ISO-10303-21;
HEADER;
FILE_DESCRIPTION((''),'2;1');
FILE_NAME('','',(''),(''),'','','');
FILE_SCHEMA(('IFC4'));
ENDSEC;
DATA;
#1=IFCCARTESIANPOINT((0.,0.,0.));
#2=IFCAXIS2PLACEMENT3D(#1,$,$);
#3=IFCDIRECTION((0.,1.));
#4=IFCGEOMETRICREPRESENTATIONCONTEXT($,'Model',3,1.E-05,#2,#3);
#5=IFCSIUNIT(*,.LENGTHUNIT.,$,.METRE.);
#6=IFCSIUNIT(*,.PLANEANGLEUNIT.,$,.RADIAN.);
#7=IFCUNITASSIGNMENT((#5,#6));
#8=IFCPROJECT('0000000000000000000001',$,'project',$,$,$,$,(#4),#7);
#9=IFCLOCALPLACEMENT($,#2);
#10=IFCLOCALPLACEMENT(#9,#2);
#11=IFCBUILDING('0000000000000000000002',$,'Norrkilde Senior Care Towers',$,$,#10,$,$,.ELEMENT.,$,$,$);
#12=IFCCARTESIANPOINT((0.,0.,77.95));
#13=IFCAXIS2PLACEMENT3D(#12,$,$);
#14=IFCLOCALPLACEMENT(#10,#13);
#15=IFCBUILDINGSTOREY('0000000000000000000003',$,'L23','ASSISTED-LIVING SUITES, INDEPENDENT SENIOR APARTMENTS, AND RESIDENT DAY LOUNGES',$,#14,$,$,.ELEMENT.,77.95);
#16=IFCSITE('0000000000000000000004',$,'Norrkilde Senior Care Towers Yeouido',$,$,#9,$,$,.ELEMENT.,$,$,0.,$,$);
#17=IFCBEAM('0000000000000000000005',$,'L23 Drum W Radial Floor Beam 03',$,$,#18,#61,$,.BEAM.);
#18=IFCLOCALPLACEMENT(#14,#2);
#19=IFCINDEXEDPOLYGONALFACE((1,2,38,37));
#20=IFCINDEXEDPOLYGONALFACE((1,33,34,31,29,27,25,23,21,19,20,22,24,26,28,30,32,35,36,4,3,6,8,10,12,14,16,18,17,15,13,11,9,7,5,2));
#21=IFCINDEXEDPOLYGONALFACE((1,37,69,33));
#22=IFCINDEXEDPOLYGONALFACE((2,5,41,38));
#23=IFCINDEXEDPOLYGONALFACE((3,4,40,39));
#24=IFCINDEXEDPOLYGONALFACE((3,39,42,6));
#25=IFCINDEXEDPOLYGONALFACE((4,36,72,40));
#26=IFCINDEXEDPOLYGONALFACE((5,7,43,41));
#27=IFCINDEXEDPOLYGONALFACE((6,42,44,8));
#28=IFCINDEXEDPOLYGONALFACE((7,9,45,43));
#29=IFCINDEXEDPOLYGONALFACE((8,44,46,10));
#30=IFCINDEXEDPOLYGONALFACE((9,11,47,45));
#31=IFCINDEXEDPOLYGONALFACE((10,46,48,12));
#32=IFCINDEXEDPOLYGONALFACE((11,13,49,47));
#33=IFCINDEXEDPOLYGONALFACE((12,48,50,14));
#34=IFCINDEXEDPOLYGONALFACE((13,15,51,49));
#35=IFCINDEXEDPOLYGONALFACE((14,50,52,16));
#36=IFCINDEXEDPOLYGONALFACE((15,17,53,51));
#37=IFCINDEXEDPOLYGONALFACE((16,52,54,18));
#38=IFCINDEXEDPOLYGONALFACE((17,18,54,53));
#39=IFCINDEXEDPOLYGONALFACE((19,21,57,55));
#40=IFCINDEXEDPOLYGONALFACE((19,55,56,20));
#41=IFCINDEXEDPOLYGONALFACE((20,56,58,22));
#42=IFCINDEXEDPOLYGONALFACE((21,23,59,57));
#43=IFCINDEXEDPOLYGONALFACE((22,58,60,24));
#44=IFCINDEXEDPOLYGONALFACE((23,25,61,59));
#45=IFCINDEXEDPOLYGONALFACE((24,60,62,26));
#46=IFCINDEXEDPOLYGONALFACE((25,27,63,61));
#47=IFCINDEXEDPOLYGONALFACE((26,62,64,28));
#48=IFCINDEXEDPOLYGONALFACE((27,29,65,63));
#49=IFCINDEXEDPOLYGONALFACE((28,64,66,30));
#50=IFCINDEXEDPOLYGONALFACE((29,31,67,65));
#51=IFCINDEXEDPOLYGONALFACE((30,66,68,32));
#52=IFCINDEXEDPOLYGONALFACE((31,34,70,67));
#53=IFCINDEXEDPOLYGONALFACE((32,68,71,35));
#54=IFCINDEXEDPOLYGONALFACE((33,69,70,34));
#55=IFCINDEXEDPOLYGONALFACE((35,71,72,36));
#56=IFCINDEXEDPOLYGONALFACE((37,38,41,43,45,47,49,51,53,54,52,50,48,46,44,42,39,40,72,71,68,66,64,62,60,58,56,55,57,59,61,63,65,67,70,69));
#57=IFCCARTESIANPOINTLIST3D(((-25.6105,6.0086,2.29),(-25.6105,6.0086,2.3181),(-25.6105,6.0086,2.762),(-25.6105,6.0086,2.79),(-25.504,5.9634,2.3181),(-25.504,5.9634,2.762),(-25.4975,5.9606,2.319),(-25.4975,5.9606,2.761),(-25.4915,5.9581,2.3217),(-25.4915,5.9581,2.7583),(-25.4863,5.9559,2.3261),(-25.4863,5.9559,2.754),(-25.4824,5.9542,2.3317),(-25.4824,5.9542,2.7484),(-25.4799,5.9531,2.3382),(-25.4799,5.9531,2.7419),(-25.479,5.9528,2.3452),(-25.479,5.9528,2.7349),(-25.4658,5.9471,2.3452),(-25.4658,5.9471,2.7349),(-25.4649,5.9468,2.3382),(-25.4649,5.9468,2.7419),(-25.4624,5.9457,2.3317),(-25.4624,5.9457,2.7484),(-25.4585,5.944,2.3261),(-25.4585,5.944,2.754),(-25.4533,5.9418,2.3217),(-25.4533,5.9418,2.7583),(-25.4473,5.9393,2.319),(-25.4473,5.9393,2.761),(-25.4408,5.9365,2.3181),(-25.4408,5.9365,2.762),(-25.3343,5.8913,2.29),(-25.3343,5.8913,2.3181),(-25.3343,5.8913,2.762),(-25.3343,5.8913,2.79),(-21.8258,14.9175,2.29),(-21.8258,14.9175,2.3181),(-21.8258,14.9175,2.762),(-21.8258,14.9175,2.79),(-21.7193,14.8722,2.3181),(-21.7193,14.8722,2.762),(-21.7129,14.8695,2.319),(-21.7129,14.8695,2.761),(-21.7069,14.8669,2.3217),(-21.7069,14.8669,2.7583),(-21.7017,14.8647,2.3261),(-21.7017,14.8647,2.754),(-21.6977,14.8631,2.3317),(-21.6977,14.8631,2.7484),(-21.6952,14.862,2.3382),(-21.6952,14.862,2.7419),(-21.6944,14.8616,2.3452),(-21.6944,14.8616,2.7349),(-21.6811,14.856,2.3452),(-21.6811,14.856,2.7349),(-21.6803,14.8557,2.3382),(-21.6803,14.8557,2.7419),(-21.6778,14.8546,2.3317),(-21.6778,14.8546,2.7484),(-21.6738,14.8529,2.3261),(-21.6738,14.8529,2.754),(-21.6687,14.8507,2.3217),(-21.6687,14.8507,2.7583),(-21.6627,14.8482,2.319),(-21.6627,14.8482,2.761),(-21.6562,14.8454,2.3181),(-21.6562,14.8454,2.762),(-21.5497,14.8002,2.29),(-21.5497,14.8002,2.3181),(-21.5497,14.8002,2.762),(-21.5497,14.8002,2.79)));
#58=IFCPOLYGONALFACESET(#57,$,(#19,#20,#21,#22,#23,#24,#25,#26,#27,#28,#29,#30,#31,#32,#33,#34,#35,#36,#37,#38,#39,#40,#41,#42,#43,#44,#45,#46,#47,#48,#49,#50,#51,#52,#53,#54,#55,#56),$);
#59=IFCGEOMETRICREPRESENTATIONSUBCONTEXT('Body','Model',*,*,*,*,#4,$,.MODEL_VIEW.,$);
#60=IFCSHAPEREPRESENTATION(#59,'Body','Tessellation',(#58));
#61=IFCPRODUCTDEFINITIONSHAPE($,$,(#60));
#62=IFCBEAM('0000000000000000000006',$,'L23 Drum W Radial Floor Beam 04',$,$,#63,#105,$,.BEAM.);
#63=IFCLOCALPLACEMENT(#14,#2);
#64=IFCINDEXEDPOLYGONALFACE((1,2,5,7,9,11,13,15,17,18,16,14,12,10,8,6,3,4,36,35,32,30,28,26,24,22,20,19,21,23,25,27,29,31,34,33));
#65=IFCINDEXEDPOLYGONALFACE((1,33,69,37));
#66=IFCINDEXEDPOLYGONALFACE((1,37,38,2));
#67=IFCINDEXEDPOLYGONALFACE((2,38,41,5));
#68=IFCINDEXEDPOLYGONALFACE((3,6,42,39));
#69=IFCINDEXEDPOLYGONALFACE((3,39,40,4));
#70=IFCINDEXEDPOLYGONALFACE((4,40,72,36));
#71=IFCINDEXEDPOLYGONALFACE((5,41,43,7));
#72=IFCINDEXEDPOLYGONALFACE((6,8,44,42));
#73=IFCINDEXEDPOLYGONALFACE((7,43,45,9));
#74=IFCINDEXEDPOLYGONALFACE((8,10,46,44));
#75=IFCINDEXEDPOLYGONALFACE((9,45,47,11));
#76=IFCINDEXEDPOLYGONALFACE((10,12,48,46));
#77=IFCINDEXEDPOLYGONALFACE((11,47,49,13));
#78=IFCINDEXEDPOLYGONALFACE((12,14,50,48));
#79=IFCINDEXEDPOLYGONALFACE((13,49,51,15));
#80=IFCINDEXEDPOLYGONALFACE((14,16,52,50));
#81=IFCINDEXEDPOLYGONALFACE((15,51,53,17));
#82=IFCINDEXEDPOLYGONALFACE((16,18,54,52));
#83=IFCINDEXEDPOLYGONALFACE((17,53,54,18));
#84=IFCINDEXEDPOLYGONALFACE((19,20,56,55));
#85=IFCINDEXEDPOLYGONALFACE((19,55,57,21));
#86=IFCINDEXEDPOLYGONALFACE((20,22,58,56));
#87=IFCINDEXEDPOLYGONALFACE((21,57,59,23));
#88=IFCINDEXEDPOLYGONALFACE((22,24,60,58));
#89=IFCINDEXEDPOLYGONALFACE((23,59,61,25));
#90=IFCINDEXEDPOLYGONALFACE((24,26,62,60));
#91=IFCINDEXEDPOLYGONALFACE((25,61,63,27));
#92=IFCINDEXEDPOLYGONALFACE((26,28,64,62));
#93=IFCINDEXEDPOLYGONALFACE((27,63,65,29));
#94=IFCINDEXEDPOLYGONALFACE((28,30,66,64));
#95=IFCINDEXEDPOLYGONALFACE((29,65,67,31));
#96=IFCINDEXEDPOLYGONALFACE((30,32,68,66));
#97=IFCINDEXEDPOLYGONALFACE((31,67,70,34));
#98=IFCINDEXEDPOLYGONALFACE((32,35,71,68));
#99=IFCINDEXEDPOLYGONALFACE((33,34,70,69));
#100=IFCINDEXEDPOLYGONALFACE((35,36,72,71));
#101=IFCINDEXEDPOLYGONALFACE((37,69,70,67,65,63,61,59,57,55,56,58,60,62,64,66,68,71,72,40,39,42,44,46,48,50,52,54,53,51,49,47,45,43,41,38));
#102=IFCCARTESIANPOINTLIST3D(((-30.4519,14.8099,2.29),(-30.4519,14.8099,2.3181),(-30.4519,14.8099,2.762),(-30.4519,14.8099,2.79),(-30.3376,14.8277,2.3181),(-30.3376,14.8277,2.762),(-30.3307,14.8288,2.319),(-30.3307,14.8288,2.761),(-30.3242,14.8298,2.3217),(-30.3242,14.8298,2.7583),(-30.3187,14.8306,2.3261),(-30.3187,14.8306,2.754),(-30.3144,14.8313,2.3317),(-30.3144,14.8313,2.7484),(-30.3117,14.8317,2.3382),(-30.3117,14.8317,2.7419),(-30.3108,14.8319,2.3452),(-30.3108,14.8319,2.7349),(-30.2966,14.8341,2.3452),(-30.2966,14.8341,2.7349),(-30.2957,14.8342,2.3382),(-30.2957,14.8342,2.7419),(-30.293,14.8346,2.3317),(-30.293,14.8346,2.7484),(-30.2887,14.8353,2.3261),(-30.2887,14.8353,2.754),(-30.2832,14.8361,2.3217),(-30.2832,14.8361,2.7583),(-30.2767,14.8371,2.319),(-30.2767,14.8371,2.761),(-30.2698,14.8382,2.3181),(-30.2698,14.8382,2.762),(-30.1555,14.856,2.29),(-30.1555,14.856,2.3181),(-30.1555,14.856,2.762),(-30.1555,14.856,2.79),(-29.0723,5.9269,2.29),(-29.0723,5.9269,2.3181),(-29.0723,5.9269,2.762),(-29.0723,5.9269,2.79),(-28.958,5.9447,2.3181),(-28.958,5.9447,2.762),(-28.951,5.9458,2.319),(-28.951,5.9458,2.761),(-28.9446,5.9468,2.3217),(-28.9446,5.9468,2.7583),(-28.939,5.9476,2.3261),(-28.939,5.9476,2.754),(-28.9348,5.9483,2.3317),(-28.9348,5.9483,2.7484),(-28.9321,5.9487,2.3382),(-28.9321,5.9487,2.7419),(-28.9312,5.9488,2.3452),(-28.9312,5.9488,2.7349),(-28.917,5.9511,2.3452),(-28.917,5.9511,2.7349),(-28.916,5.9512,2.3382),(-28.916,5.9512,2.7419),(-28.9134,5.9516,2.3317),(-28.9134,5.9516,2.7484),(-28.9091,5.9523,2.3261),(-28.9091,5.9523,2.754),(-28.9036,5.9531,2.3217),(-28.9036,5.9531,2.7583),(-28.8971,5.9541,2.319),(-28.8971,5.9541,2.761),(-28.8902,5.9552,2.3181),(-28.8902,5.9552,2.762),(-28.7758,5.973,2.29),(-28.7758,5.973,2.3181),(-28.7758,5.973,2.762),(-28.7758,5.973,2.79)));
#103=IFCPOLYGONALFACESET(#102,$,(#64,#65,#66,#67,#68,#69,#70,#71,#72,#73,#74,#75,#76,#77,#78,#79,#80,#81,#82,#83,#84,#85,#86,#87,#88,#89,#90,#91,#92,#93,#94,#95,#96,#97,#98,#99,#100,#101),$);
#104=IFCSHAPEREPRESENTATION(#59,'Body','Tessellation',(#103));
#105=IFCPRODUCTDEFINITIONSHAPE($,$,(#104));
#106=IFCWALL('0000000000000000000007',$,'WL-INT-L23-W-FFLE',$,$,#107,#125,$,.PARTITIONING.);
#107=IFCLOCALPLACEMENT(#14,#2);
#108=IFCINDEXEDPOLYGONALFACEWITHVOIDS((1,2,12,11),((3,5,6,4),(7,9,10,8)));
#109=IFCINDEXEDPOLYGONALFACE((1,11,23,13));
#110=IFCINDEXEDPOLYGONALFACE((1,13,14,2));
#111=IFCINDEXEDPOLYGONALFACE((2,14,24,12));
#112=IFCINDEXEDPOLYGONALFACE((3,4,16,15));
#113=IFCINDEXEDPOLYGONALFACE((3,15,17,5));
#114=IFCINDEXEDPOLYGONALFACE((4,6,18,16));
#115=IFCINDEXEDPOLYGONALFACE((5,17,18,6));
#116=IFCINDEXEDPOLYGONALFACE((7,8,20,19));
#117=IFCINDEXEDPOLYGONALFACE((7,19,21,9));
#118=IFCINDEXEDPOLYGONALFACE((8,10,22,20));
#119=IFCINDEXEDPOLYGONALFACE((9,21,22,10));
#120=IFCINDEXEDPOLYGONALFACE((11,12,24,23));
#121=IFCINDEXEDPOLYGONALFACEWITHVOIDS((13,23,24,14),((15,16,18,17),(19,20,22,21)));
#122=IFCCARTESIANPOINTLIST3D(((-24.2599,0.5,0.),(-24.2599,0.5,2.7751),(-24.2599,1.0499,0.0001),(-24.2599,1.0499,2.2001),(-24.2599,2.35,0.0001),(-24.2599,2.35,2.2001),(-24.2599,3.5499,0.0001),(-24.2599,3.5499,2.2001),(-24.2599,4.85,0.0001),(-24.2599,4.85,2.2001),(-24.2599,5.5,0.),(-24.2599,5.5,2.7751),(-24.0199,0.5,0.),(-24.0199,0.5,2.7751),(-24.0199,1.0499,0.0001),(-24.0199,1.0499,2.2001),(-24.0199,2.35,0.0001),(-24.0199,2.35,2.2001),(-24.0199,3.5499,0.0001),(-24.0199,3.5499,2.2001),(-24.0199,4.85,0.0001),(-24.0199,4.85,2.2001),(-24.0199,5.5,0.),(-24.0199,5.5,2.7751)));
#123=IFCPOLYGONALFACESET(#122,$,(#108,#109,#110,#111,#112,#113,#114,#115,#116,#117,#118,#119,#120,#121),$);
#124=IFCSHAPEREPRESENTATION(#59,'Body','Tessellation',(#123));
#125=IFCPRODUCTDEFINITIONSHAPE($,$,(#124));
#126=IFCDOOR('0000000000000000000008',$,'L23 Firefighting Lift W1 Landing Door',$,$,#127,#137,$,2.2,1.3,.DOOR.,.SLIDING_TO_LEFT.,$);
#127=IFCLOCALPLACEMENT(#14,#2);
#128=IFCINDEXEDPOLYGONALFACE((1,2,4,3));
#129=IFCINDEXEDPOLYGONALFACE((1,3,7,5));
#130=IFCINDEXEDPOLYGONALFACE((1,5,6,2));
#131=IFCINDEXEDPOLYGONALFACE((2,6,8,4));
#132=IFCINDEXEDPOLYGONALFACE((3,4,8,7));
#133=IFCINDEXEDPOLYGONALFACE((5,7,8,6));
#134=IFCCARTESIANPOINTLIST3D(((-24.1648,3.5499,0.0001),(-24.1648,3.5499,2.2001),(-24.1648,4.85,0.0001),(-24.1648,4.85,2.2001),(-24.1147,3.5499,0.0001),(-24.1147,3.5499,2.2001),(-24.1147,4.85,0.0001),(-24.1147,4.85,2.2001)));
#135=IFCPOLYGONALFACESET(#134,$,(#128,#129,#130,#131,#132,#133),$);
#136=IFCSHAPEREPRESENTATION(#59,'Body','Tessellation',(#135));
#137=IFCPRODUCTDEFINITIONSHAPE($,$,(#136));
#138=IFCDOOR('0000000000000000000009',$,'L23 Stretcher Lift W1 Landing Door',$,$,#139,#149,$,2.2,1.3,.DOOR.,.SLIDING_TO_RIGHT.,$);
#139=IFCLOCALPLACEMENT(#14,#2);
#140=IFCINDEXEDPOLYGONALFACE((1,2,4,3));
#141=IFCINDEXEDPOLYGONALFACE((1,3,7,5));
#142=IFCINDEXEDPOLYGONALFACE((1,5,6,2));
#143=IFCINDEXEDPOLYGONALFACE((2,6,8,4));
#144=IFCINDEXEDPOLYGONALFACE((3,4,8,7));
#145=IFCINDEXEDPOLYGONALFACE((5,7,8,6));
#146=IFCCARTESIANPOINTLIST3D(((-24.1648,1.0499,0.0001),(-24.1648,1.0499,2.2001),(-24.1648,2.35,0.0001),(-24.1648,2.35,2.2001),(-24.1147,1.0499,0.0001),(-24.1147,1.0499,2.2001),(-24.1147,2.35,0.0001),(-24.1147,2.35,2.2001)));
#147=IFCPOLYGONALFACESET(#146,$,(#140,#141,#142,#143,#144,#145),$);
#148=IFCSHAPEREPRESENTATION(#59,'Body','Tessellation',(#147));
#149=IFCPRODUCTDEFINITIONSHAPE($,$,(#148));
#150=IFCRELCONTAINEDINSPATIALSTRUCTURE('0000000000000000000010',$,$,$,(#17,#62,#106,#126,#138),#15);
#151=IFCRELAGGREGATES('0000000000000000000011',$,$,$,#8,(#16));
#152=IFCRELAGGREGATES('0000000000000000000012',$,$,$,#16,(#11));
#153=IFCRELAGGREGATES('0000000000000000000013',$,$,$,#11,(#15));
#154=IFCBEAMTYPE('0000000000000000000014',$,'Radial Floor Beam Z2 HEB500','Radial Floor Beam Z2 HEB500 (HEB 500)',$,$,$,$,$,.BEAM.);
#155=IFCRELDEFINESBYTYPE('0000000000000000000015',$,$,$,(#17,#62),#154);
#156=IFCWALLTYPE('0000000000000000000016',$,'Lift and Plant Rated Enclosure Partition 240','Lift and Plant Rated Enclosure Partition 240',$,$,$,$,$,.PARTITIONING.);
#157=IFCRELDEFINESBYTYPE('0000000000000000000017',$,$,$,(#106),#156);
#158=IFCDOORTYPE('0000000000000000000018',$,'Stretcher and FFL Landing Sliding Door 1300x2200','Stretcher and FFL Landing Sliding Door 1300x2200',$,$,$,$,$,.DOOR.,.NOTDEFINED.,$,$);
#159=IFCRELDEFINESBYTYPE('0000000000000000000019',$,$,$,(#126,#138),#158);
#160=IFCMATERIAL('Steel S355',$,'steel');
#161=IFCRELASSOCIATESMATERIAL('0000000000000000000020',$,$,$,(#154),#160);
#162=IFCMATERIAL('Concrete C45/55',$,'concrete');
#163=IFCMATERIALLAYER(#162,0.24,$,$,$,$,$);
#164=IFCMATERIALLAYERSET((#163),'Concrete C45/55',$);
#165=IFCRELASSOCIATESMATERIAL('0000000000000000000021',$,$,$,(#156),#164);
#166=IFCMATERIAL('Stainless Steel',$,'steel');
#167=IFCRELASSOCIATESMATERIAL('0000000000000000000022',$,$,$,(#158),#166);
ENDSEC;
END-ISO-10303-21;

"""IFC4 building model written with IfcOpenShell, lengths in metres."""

from ifc_helpers import new_model, si_unit, direction, frame, frame_2d, origin, origin_2d, place, context, subcontext, project, spatial, rectangle, i_section, extrude, source, transform, mapped, material, layer, layer_set, material_profile, profile_set, type_object, type_shapes, element, fill, save


model = new_model("IFC4")

# Units and contexts
model_context = context("Model", 3, precision=1e-05, world=origin(), true_north=direction((0.0, 1.0)))
body_context = subcontext(model_context, "Body", "Model", "MODEL_VIEW")
ifc_project = project(units=[si_unit("LENGTHUNIT", "METRE"), si_unit("PLANEANGLEUNIT", "RADIAN")], contexts=[model_context])

# Site, building, storey
site_placement = place(None, origin())
site = spatial("IfcSite", under=ifc_project, at=site_placement, Name="Norrkilde Senior Care Towers Yeouido", CompositionType="ELEMENT", RefElevation=0.0)
building_placement = place(site_placement, origin())
building = spatial("IfcBuilding", under=site, at=building_placement, Name="Norrkilde Senior Care Towers", CompositionType="ELEMENT")
storey_placement = place(building_placement, frame((0.0, 0.0, 77.95)))
storey = spatial("IfcBuildingStorey", under=building, at=storey_placement, Name="L23", Description="ASSISTED-LIVING SUITES, INDEPENDENT SENIOR APARTMENTS, AND RESIDENT DAY LOUNGES", CompositionType="ELEMENT", Elevation=77.95)

# Beams
ifc_material_1 = material(Name="Steel S355", Category="steel")
ifc_material_profile = material_profile(ifc_material_1, i_section(OverallWidth=0.3, OverallDepth=0.5, WebThickness=0.0144, FlangeThickness=0.0281, FilletRadius=0.0271, at=origin_2d()), Name="HEB 500")
ifc_profile_set = profile_set([ifc_material_profile], Name="Steel S355")
beam_type = type_object("IfcBeamType", Name="Radial Floor Beam Z2 HEB500", Description="Radial Floor Beam Z2 HEB500 (HEB 500)", PredefinedType="BEAM", material=ifc_profile_set)
shared_shape_1 = source(origin(), body_context, "Body", "SweptSolid", [
    extrude(i_section(OverallWidth=0.3, OverallDepth=0.5, WebThickness=0.0144, FlangeThickness=0.0281, FilletRadius=0.0271, at=origin_2d()), origin(), (0.0, 0.0, 1.0), 9.6794),
])
beam_1_placement = place(storey_placement, frame((-25.4724, 5.95, 2.54), z_axis=(0.390998, 0.920392, 0.0), x_axis=(-0.920392, 0.390998, 0.0)))
element("IfcBeam", 1, at=beam_1_placement, inside=storey, type_object=beam_type, Name="L23 Drum W Radial Floor Beam 03", PredefinedType="BEAM", context=body_context, shape_type="MappedRepresentation", body=[
    mapped(shared_shape_1, transform((0.0, 0.0, 0.0), x_axis=(1.0, 0.0, 0.0), y_axis=(0.0, 1.0, 0.0), z_axis=(0.0, 0.0, 1.0), scale=1.0)),
])
shared_shape_2 = source(origin(), body_context, "Body", "SweptSolid", [
    extrude(i_section(OverallWidth=0.3, OverallDepth=0.5, WebThickness=0.0144, FlangeThickness=0.0281, FilletRadius=0.0271, at=origin_2d()), origin(), (0.0, 0.0, 1.0), 8.9895),
])
type_shapes(beam_type, [shared_shape_1, shared_shape_2])
beam_2_placement = place(storey_placement, frame((-28.9241, 5.95, 2.54), z_axis=(-0.153471, 0.988153, 0.0), x_axis=(-0.988153, -0.153471, 0.0)))
element("IfcBeam", 2, at=beam_2_placement, inside=storey, type_object=beam_type, Name="L23 Drum W Radial Floor Beam 04", PredefinedType="BEAM", context=body_context, shape_type="MappedRepresentation", body=[
    mapped(shared_shape_2, transform((0.0, 0.0, 0.0), x_axis=(1.0, 0.0, 0.0), y_axis=(0.0, 1.0, 0.0), z_axis=(0.0, 0.0, 1.0), scale=1.0)),
])

# Wall, openings, doors
ifc_material_2 = material(Name="Concrete C45/55", Category="concrete")
ifc_layer_1 = layer(ifc_material_2, 0.24)
ifc_layer_set_1 = layer_set([ifc_layer_1], Name="Concrete C45/55")
wall_type_1 = type_object("IfcWallType", Name="Lift and Plant Rated Enclosure Partition 240", Description="Lift and Plant Rated Enclosure Partition 240", PredefinedType="PARTITIONING", material=ifc_layer_set_1)
shared_shape_3 = source(origin(), body_context, "Body", "SweptSolid", [
    extrude(rectangle(XDim=5.0, YDim=0.24, at=frame_2d((2.5, 0.0))), origin(), (0.0, 0.0, 1.0), 2.7751),
])
type_shapes(wall_type_1, [shared_shape_3])
wall_1_placement = place(storey_placement, frame((-24.1399, 0.5, 0.0), z_axis=(0.0, 0.0, 1.0), x_axis=(0.0, 1.0, 0.0)))
wall_1 = element("IfcWall", 3, at=wall_1_placement, inside=storey, type_object=wall_type_1, Name="WL-INT-L23-W-FFLE", PredefinedType="PARTITIONING", context=body_context, shape_type="MappedRepresentation", body=[
    mapped(shared_shape_3, transform((0.0, 0.0, 0.0), x_axis=(1.0, 0.0, 0.0), y_axis=(0.0, 1.0, 0.0), z_axis=(0.0, 0.0, 1.0), scale=1.0)),
])
opening_1_placement = place(wall_1_placement, frame((3.05, 0.0, 0.0)))
opening_1 = element("IfcOpeningElement", 4, at=opening_1_placement, cuts=wall_1, PredefinedType="OPENING", context=body_context, shape_type="SweptSolid", body=[
    extrude(rectangle(XDim=1.3, YDim=2.2, at=frame_2d((0.6499, 1.1001))), frame((0.0, 0.1299, 0.0), z_axis=(0.0, -1.0, 0.0), x_axis=(1.0, 0.0, 0.0)), (0.0, 0.0, 1.0), 0.26),
])
opening_2_placement = place(wall_1_placement, frame((0.55, 0.0, 0.0)))
opening_2 = element("IfcOpeningElement", 5, at=opening_2_placement, cuts=wall_1, PredefinedType="OPENING", context=body_context, shape_type="SweptSolid", body=[
    extrude(rectangle(XDim=1.3, YDim=2.2, at=frame_2d((0.6499, 1.1001))), frame((0.0, 0.1299, 0.0), z_axis=(0.0, -1.0, 0.0), x_axis=(1.0, 0.0, 0.0)), (0.0, 0.0, 1.0), 0.26),
])
ifc_material_3 = material(Name="Stainless Steel", Category="steel")
door_type_1 = type_object("IfcDoorType", Name="Stretcher and FFL Landing Sliding Door 1300x2200", Description="Stretcher and FFL Landing Sliding Door 1300x2200", OperationType="NOTDEFINED", PredefinedType="DOOR", material=ifc_material_3)
shared_shape_4 = source(origin(), body_context, "Body", "SweptSolid", [
    extrude(rectangle(XDim=1.3, YDim=2.2, at=frame_2d((0.6499, 1.1001))), frame((0.0, 0.0249, 0.0), z_axis=(0.0, -1.0, 0.0), x_axis=(1.0, 0.0, 0.0)), (0.0, 0.0, 1.0), 0.05),
])
type_shapes(door_type_1, [shared_shape_4])
door_1_placement = place(opening_1_placement, origin())
door_1 = element("IfcDoor", 6, at=door_1_placement, inside=storey, type_object=door_type_1, Name="L23 Firefighting Lift W1 Landing Door", OperationType="SLIDING_TO_LEFT", OverallHeight=2.2, OverallWidth=1.3, PredefinedType="DOOR", context=body_context, shape_type="MappedRepresentation", body=[
    mapped(shared_shape_4, transform((0.0, 0.0, 0.0), x_axis=(1.0, 0.0, 0.0), y_axis=(0.0, 1.0, 0.0), z_axis=(0.0, 0.0, 1.0), scale=1.0)),
])
fill(opening_1, door_1)
door_2_placement = place(opening_2_placement, origin())
door_2 = element("IfcDoor", 7, at=door_2_placement, inside=storey, type_object=door_type_1, Name="L23 Stretcher Lift W1 Landing Door", OperationType="SLIDING_TO_RIGHT", OverallHeight=2.2, OverallWidth=1.3, PredefinedType="DOOR", context=body_context, shape_type="MappedRepresentation", body=[
    mapped(shared_shape_4, transform((0.0, 0.0, 0.0), x_axis=(1.0, 0.0, 0.0), y_axis=(0.0, 1.0, 0.0), z_axis=(0.0, 0.0, 1.0), scale=1.0)),
])
fill(opening_2, door_2)

save(model, "model.ifc")
